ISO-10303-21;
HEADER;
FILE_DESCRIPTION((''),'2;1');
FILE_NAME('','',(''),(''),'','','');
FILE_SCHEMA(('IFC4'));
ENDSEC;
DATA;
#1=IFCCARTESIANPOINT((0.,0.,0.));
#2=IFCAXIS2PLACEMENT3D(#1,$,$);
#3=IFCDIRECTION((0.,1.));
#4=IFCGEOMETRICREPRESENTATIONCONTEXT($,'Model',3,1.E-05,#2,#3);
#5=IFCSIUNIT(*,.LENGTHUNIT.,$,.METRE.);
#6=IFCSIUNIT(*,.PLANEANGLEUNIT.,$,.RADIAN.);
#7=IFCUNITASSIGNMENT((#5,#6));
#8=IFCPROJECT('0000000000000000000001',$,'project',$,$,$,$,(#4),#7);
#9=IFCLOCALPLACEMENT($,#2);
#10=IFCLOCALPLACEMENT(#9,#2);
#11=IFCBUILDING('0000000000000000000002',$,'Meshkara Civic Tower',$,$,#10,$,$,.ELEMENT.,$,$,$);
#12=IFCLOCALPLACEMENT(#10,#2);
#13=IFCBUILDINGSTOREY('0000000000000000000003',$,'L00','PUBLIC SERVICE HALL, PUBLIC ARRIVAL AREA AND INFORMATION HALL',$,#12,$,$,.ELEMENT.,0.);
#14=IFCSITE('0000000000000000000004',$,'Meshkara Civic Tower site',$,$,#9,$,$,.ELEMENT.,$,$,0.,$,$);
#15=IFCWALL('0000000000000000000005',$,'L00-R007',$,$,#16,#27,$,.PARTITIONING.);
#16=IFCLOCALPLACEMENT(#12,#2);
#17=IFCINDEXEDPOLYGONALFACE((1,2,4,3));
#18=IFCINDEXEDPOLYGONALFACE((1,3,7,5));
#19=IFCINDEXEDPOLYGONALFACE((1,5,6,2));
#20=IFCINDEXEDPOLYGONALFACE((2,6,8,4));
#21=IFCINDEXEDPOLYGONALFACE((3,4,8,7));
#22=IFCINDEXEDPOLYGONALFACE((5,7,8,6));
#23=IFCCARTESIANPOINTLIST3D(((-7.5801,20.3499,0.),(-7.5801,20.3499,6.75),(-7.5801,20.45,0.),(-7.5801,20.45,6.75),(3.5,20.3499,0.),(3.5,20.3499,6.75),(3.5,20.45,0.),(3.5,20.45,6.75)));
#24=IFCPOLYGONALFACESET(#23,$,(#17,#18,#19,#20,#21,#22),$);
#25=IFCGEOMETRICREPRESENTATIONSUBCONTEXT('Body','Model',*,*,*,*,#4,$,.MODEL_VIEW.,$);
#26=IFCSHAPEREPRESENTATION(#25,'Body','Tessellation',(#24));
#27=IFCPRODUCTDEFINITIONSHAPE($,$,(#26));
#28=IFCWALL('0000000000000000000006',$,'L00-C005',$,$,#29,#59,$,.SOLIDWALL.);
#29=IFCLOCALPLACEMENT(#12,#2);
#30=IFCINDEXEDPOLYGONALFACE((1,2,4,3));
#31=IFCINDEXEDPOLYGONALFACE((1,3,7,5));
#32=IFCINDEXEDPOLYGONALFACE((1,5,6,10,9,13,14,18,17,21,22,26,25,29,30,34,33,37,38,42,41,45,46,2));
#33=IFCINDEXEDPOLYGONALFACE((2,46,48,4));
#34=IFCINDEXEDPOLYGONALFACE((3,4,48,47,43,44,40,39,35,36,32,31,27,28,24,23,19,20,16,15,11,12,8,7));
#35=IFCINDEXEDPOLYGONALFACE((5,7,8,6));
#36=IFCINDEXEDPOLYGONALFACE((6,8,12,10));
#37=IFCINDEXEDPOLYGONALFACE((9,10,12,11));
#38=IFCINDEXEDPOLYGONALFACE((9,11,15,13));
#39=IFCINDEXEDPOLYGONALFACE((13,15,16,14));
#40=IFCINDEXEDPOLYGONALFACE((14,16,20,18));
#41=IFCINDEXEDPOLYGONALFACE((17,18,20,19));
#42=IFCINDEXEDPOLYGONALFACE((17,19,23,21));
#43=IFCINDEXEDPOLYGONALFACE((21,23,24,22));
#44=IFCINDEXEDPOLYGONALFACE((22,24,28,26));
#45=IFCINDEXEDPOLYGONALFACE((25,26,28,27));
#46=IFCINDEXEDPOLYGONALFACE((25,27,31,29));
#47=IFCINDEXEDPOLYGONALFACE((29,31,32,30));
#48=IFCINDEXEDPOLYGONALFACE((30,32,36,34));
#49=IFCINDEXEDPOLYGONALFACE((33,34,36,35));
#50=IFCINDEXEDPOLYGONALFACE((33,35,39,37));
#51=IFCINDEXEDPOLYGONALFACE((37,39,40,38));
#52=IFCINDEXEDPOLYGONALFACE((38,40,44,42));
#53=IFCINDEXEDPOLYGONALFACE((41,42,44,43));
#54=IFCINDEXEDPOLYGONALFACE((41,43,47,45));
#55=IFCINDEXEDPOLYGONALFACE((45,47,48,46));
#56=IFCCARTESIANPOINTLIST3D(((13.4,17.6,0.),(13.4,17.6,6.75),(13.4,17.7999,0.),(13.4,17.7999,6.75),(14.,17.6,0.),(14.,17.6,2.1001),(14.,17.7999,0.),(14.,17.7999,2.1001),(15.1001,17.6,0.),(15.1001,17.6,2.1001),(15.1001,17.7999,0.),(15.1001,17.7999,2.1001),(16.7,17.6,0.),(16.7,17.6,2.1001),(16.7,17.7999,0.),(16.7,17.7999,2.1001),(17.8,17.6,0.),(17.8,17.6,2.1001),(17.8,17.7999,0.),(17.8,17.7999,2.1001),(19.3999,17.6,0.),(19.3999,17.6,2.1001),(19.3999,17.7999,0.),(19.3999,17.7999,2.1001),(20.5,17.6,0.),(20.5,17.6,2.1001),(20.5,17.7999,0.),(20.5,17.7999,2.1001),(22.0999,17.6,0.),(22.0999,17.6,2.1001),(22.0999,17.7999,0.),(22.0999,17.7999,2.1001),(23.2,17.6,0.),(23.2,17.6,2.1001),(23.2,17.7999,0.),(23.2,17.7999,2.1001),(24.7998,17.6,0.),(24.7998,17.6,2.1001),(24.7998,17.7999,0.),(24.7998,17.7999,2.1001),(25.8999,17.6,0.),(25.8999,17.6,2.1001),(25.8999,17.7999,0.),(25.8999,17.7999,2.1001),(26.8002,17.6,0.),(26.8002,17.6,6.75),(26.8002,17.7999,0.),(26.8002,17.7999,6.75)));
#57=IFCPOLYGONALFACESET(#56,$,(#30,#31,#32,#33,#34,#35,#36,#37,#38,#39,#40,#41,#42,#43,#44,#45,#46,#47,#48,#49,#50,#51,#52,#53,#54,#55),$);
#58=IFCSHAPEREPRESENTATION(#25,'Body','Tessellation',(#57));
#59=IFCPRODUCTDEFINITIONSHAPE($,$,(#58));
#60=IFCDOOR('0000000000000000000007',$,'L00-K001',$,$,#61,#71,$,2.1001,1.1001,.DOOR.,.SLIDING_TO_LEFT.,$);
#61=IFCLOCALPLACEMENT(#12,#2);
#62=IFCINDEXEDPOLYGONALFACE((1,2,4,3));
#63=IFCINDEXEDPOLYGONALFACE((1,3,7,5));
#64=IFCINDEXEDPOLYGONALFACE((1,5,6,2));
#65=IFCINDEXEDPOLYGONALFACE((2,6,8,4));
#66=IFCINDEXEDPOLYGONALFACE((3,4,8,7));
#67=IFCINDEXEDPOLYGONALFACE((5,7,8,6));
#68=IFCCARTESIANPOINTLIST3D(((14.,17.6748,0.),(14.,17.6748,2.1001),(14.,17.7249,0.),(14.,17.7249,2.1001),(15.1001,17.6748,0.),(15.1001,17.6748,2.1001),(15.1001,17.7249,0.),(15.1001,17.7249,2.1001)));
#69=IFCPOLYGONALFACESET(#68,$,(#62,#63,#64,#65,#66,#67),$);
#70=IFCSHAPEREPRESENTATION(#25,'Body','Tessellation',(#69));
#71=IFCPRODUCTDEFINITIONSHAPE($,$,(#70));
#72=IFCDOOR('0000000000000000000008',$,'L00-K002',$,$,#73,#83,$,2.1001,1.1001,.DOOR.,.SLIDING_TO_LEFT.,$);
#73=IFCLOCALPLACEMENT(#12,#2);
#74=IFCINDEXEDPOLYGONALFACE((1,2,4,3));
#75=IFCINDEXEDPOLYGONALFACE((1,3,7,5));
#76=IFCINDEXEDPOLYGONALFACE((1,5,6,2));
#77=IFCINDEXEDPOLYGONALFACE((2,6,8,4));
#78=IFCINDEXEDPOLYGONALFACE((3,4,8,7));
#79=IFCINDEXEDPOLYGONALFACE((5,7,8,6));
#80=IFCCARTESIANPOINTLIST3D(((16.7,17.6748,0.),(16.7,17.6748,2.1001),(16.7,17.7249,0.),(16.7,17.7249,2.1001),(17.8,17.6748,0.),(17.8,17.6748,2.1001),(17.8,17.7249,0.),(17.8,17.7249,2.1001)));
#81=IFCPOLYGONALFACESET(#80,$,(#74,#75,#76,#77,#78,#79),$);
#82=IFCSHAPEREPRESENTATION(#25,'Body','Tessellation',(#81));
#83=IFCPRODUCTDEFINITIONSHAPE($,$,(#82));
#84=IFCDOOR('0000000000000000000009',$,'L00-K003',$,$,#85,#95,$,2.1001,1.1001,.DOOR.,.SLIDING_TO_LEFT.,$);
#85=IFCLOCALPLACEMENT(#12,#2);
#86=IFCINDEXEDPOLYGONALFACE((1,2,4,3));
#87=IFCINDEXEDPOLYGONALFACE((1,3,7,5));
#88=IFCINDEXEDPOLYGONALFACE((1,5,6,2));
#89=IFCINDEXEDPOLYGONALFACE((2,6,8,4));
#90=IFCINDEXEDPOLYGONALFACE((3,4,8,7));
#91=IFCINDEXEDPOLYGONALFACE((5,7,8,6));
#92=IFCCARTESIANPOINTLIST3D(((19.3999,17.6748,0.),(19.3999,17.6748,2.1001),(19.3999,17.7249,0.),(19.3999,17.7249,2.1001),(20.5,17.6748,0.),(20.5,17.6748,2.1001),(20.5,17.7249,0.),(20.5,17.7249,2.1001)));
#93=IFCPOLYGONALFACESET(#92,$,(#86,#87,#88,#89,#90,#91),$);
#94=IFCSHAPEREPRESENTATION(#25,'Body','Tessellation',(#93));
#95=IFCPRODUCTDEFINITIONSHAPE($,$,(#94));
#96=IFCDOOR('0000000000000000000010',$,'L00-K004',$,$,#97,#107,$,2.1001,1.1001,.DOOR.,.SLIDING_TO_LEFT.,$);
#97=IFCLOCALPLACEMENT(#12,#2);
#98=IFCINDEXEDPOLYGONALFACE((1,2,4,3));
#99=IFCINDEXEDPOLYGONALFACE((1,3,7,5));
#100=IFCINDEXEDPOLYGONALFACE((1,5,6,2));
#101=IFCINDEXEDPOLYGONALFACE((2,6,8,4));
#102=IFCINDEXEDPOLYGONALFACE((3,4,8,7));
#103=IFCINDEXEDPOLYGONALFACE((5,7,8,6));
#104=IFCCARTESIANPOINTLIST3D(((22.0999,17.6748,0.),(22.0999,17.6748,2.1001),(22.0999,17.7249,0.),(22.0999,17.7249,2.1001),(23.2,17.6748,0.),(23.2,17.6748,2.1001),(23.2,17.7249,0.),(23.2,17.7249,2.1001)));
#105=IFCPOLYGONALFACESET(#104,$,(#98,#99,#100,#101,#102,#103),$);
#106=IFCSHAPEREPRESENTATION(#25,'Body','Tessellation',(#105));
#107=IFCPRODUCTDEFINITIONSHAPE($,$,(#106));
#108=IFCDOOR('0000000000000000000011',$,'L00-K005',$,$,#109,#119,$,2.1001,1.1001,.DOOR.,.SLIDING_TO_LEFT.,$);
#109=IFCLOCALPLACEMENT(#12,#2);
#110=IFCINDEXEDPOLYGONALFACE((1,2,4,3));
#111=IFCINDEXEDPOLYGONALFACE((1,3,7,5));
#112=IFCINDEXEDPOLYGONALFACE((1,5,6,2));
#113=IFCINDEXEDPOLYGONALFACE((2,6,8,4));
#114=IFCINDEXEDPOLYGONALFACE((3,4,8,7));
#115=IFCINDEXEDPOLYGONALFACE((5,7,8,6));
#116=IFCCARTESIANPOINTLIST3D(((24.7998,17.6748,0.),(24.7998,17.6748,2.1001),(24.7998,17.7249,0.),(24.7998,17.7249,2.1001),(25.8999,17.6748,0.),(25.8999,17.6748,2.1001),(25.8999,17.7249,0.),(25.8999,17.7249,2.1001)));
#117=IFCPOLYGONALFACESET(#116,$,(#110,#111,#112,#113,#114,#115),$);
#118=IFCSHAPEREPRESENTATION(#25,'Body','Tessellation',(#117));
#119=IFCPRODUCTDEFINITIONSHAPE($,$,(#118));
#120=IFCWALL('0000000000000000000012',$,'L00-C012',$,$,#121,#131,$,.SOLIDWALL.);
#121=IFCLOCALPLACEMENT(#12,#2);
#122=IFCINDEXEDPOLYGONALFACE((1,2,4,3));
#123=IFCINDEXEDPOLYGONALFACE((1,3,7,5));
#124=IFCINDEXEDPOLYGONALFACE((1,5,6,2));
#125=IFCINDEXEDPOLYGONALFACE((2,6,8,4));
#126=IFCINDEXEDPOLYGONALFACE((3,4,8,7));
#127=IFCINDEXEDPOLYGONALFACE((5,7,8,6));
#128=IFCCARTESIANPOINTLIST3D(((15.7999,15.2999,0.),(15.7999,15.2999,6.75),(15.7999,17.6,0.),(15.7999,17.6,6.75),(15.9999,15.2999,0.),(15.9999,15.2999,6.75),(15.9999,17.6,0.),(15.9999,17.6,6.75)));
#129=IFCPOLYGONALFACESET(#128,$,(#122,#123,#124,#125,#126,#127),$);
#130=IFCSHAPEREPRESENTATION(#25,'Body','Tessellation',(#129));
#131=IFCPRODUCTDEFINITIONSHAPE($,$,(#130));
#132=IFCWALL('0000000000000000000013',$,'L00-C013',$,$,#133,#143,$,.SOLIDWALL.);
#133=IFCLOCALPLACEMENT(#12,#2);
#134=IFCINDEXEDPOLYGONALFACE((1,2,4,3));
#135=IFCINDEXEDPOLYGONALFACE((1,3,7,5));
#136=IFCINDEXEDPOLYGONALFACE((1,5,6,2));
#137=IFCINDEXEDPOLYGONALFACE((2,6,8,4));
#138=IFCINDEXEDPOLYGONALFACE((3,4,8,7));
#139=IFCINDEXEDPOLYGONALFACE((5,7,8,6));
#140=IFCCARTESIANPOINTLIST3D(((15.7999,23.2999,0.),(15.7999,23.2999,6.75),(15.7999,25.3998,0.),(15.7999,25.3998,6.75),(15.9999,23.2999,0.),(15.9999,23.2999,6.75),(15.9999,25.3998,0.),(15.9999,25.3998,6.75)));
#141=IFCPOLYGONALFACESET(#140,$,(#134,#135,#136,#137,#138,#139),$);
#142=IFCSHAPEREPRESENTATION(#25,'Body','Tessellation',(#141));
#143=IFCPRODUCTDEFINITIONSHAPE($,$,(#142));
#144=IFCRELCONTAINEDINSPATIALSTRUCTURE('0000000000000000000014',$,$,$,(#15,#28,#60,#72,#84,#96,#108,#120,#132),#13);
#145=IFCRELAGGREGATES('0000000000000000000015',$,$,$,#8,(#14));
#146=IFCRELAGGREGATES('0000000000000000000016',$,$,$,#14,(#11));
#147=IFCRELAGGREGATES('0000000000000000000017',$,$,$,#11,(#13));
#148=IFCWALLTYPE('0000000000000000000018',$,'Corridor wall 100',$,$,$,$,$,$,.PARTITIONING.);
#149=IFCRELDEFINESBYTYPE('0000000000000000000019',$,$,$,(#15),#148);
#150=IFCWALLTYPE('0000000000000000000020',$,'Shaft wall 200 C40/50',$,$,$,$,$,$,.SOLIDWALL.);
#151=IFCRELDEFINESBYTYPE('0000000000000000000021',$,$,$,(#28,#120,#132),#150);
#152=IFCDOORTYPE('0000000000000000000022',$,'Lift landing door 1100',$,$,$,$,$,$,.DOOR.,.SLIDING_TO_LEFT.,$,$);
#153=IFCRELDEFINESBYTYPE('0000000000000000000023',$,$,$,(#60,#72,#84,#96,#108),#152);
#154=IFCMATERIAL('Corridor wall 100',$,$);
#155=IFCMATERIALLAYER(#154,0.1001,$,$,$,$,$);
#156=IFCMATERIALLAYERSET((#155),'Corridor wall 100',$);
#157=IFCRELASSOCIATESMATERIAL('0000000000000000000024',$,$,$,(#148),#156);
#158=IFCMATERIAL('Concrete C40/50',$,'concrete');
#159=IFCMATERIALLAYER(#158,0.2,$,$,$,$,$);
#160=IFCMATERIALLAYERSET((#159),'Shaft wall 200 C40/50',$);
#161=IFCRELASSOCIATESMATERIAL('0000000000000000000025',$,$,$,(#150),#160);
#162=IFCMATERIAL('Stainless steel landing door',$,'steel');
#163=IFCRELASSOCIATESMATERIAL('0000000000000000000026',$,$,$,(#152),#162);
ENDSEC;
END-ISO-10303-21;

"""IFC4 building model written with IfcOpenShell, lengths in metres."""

from ifc_helpers import new_model, si_unit, direction, frame, frame_2d, origin, place, context, subcontext, project, spatial, rectangle, extrude, material, layer, layer_set, type_object, element, fill, save


model = new_model("IFC4")

# Units and contexts
model_context = context("Model", 3, precision=1e-05, world=origin(), true_north=direction((0.0, 1.0)))
body_context = subcontext(model_context, "Body", "Model", "MODEL_VIEW")
ifc_project = project(units=[si_unit("LENGTHUNIT", "METRE"), si_unit("PLANEANGLEUNIT", "RADIAN")], contexts=[model_context])

# Site, building, storey
site_placement = place(None, origin())
site = spatial("IfcSite", under=ifc_project, at=site_placement, Name="Meshkara Civic Tower site", CompositionType="ELEMENT", RefElevation=0.0)
building_placement = place(site_placement, origin())
building = spatial("IfcBuilding", under=site, at=building_placement, Name="Meshkara Civic Tower", CompositionType="ELEMENT")
storey_placement = place(building_placement, origin())
storey = spatial("IfcBuildingStorey", under=building, at=storey_placement, Name="L00", Description="PUBLIC SERVICE HALL, PUBLIC ARRIVAL AREA AND INFORMATION HALL", CompositionType="ELEMENT", Elevation=0.0)

# Wall
ifc_material_1 = material(Name="Corridor wall 100")
ifc_layer_1 = layer(ifc_material_1, 0.1001)
ifc_layer_set_1 = layer_set([ifc_layer_1], Name="Corridor wall 100")
wall_type_1 = type_object("IfcWallType", Name="Corridor wall 100", PredefinedType="PARTITIONING", material=ifc_layer_set_1)
wall_1_placement = place(storey_placement, frame((3.5, 20.3999, 0.0), z_axis=(0.0, 0.0, 1.0), x_axis=(-1.0, 0.0, 0.0)))
element("IfcWall", 1, at=wall_1_placement, inside=storey, type_object=wall_type_1, Name="L00-R007", PredefinedType="PARTITIONING", context=body_context, shape_type="SweptSolid", body=[
    extrude(rectangle(XDim=11.0801, YDim=0.1001, at=frame_2d((5.54, 0.0))), origin(), (0.0, 0.0, 1.0), 6.75),
])

# Wall, openings, doors
ifc_material_2 = material(Name="Concrete C40/50", Category="concrete")
ifc_layer_2 = layer(ifc_material_2, 0.2)
ifc_layer_set_2 = layer_set([ifc_layer_2], Name="Shaft wall 200 C40/50")
wall_type_2 = type_object("IfcWallType", Name="Shaft wall 200 C40/50", PredefinedType="SOLIDWALL", material=ifc_layer_set_2)
wall_2_placement = place(storey_placement, frame((13.3999, 17.7, 0.0), z_axis=(0.0, 0.0, 1.0), x_axis=(1.0, 0.0, 0.0)))
wall_2 = element("IfcWall", 2, at=wall_2_placement, inside=storey, type_object=wall_type_2, Name="L00-C005", PredefinedType="SOLIDWALL", context=body_context, shape_type="SweptSolid", body=[
    extrude(rectangle(XDim=13.4001, YDim=0.2, at=frame_2d((6.7002, 0.0))), origin(), (0.0, 0.0, 1.0), 6.75),
])
opening_1_placement = place(wall_2_placement, frame((0.6001, 0.0, 0.0)))
opening_1 = element("IfcOpeningElement", 3, at=opening_1_placement, cuts=wall_2, PredefinedType="OPENING", context=body_context, shape_type="SweptSolid", body=[
    extrude(rectangle(XDim=1.1001, YDim=2.1001, at=frame_2d((0.55, 1.05))), frame((0.0, 0.1099, 0.0), z_axis=(0.0, -1.0, 0.0), x_axis=(1.0, 0.0, 0.0)), (0.0, 0.0, 1.0), 0.22),
])
opening_2_placement = place(wall_2_placement, frame((3.3, 0.0, 0.0)))
opening_2 = element("IfcOpeningElement", 4, at=opening_2_placement, cuts=wall_2, PredefinedType="OPENING", context=body_context, shape_type="SweptSolid", body=[
    extrude(rectangle(XDim=1.1001, YDim=2.1001, at=frame_2d((0.55, 1.05))), frame((0.0, 0.1099, 0.0), z_axis=(0.0, -1.0, 0.0), x_axis=(1.0, 0.0, 0.0)), (0.0, 0.0, 1.0), 0.22),
])
opening_3_placement = place(wall_2_placement, frame((6.0, 0.0, 0.0)))
opening_3 = element("IfcOpeningElement", 5, at=opening_3_placement, cuts=wall_2, PredefinedType="OPENING", context=body_context, shape_type="SweptSolid", body=[
    extrude(rectangle(XDim=1.1001, YDim=2.1001, at=frame_2d((0.55, 1.05))), frame((0.0, 0.1099, 0.0), z_axis=(0.0, -1.0, 0.0), x_axis=(1.0, 0.0, 0.0)), (0.0, 0.0, 1.0), 0.22),
])
opening_4_placement = place(wall_2_placement, frame((8.7, 0.0, 0.0)))
opening_4 = element("IfcOpeningElement", 6, at=opening_4_placement, cuts=wall_2, PredefinedType="OPENING", context=body_context, shape_type="SweptSolid", body=[
    extrude(rectangle(XDim=1.1001, YDim=2.1001, at=frame_2d((0.55, 1.05))), frame((0.0, 0.1099, 0.0), z_axis=(0.0, -1.0, 0.0), x_axis=(1.0, 0.0, 0.0)), (0.0, 0.0, 1.0), 0.22),
])
opening_5_placement = place(wall_2_placement, frame((11.3999, 0.0, 0.0)))
opening_5 = element("IfcOpeningElement", 7, at=opening_5_placement, cuts=wall_2, PredefinedType="OPENING", context=body_context, shape_type="SweptSolid", body=[
    extrude(rectangle(XDim=1.1001, YDim=2.1001, at=frame_2d((0.55, 1.05))), frame((0.0, 0.1099, 0.0), z_axis=(0.0, -1.0, 0.0), x_axis=(1.0, 0.0, 0.0)), (0.0, 0.0, 1.0), 0.22),
])
ifc_material_3 = material(Name="Stainless steel landing door", Category="steel")
door_type_1 = type_object("IfcDoorType", Name="Lift landing door 1100", OperationType="SLIDING_TO_LEFT", PredefinedType="DOOR", material=ifc_material_3)
door_1_placement = place(opening_1_placement, origin())
door_1 = element("IfcDoor", 8, at=door_1_placement, inside=storey, type_object=door_type_1, Name="L00-K001", OperationType="SLIDING_TO_LEFT", OverallHeight=2.1001, OverallWidth=1.1001, PredefinedType="DOOR", context=body_context, shape_type="SweptSolid", body=[
    extrude(rectangle(XDim=1.1001, YDim=2.1001, at=frame_2d((0.55, 1.05))), frame((0.0, 0.0249, 0.0), z_axis=(0.0, -1.0, 0.0), x_axis=(1.0, 0.0, 0.0)), (0.0, 0.0, 1.0), 0.05),
])
fill(opening_1, door_1)
door_2_placement = place(opening_2_placement, origin())
door_2 = element("IfcDoor", 9, at=door_2_placement, inside=storey, type_object=door_type_1, Name="L00-K002", OperationType="SLIDING_TO_LEFT", OverallHeight=2.1001, OverallWidth=1.1001, PredefinedType="DOOR", context=body_context, shape_type="SweptSolid", body=[
    extrude(rectangle(XDim=1.1001, YDim=2.1001, at=frame_2d((0.55, 1.05))), frame((0.0, 0.0249, 0.0), z_axis=(0.0, -1.0, 0.0), x_axis=(1.0, 0.0, 0.0)), (0.0, 0.0, 1.0), 0.05),
])
fill(opening_2, door_2)
door_3_placement = place(opening_3_placement, origin())
door_3 = element("IfcDoor", 10, at=door_3_placement, inside=storey, type_object=door_type_1, Name="L00-K003", OperationType="SLIDING_TO_LEFT", OverallHeight=2.1001, OverallWidth=1.1001, PredefinedType="DOOR", context=body_context, shape_type="SweptSolid", body=[
    extrude(rectangle(XDim=1.1001, YDim=2.1001, at=frame_2d((0.55, 1.05))), frame((0.0, 0.0249, 0.0), z_axis=(0.0, -1.0, 0.0), x_axis=(1.0, 0.0, 0.0)), (0.0, 0.0, 1.0), 0.05),
])
fill(opening_3, door_3)
door_4_placement = place(opening_4_placement, origin())
door_4 = element("IfcDoor", 11, at=door_4_placement, inside=storey, type_object=door_type_1, Name="L00-K004", OperationType="SLIDING_TO_LEFT", OverallHeight=2.1001, OverallWidth=1.1001, PredefinedType="DOOR", context=body_context, shape_type="SweptSolid", body=[
    extrude(rectangle(XDim=1.1001, YDim=2.1001, at=frame_2d((0.55, 1.05))), frame((0.0, 0.0249, 0.0), z_axis=(0.0, -1.0, 0.0), x_axis=(1.0, 0.0, 0.0)), (0.0, 0.0, 1.0), 0.05),
])
fill(opening_4, door_4)
door_5_placement = place(opening_5_placement, origin())
door_5 = element("IfcDoor", 12, at=door_5_placement, inside=storey, type_object=door_type_1, Name="L00-K005", OperationType="SLIDING_TO_LEFT", OverallHeight=2.1001, OverallWidth=1.1001, PredefinedType="DOOR", context=body_context, shape_type="SweptSolid", body=[
    extrude(rectangle(XDim=1.1001, YDim=2.1001, at=frame_2d((0.55, 1.05))), frame((0.0, 0.0249, 0.0), z_axis=(0.0, -1.0, 0.0), x_axis=(1.0, 0.0, 0.0)), (0.0, 0.0, 1.0), 0.05),
])
fill(opening_5, door_5)

# Walls
wall_3_placement = place(storey_placement, frame((15.8999, 15.3, 0.0), z_axis=(0.0, 0.0, 1.0), x_axis=(0.0, 1.0, 0.0)))
element("IfcWall", 13, at=wall_3_placement, inside=storey, type_object=wall_type_2, Name="L00-C012", PredefinedType="SOLIDWALL", context=body_context, shape_type="SweptSolid", body=[
    extrude(rectangle(XDim=2.3, YDim=0.2, at=frame_2d((1.1499, 0.0))), origin(), (0.0, 0.0, 1.0), 6.75),
])
wall_4_placement = place(storey_placement, frame((15.8999, 23.3, 0.0), z_axis=(0.0, 0.0, 1.0), x_axis=(0.0, 1.0, 0.0)))
element("IfcWall", 14, at=wall_4_placement, inside=storey, type_object=wall_type_2, Name="L00-C013", PredefinedType="SOLIDWALL", context=body_context, shape_type="SweptSolid", body=[
    extrude(rectangle(XDim=2.0999, YDim=0.2, at=frame_2d((1.0498, 0.0))), origin(), (0.0, 0.0, 1.0), 6.75),
])

save(model, "model.ifc")
